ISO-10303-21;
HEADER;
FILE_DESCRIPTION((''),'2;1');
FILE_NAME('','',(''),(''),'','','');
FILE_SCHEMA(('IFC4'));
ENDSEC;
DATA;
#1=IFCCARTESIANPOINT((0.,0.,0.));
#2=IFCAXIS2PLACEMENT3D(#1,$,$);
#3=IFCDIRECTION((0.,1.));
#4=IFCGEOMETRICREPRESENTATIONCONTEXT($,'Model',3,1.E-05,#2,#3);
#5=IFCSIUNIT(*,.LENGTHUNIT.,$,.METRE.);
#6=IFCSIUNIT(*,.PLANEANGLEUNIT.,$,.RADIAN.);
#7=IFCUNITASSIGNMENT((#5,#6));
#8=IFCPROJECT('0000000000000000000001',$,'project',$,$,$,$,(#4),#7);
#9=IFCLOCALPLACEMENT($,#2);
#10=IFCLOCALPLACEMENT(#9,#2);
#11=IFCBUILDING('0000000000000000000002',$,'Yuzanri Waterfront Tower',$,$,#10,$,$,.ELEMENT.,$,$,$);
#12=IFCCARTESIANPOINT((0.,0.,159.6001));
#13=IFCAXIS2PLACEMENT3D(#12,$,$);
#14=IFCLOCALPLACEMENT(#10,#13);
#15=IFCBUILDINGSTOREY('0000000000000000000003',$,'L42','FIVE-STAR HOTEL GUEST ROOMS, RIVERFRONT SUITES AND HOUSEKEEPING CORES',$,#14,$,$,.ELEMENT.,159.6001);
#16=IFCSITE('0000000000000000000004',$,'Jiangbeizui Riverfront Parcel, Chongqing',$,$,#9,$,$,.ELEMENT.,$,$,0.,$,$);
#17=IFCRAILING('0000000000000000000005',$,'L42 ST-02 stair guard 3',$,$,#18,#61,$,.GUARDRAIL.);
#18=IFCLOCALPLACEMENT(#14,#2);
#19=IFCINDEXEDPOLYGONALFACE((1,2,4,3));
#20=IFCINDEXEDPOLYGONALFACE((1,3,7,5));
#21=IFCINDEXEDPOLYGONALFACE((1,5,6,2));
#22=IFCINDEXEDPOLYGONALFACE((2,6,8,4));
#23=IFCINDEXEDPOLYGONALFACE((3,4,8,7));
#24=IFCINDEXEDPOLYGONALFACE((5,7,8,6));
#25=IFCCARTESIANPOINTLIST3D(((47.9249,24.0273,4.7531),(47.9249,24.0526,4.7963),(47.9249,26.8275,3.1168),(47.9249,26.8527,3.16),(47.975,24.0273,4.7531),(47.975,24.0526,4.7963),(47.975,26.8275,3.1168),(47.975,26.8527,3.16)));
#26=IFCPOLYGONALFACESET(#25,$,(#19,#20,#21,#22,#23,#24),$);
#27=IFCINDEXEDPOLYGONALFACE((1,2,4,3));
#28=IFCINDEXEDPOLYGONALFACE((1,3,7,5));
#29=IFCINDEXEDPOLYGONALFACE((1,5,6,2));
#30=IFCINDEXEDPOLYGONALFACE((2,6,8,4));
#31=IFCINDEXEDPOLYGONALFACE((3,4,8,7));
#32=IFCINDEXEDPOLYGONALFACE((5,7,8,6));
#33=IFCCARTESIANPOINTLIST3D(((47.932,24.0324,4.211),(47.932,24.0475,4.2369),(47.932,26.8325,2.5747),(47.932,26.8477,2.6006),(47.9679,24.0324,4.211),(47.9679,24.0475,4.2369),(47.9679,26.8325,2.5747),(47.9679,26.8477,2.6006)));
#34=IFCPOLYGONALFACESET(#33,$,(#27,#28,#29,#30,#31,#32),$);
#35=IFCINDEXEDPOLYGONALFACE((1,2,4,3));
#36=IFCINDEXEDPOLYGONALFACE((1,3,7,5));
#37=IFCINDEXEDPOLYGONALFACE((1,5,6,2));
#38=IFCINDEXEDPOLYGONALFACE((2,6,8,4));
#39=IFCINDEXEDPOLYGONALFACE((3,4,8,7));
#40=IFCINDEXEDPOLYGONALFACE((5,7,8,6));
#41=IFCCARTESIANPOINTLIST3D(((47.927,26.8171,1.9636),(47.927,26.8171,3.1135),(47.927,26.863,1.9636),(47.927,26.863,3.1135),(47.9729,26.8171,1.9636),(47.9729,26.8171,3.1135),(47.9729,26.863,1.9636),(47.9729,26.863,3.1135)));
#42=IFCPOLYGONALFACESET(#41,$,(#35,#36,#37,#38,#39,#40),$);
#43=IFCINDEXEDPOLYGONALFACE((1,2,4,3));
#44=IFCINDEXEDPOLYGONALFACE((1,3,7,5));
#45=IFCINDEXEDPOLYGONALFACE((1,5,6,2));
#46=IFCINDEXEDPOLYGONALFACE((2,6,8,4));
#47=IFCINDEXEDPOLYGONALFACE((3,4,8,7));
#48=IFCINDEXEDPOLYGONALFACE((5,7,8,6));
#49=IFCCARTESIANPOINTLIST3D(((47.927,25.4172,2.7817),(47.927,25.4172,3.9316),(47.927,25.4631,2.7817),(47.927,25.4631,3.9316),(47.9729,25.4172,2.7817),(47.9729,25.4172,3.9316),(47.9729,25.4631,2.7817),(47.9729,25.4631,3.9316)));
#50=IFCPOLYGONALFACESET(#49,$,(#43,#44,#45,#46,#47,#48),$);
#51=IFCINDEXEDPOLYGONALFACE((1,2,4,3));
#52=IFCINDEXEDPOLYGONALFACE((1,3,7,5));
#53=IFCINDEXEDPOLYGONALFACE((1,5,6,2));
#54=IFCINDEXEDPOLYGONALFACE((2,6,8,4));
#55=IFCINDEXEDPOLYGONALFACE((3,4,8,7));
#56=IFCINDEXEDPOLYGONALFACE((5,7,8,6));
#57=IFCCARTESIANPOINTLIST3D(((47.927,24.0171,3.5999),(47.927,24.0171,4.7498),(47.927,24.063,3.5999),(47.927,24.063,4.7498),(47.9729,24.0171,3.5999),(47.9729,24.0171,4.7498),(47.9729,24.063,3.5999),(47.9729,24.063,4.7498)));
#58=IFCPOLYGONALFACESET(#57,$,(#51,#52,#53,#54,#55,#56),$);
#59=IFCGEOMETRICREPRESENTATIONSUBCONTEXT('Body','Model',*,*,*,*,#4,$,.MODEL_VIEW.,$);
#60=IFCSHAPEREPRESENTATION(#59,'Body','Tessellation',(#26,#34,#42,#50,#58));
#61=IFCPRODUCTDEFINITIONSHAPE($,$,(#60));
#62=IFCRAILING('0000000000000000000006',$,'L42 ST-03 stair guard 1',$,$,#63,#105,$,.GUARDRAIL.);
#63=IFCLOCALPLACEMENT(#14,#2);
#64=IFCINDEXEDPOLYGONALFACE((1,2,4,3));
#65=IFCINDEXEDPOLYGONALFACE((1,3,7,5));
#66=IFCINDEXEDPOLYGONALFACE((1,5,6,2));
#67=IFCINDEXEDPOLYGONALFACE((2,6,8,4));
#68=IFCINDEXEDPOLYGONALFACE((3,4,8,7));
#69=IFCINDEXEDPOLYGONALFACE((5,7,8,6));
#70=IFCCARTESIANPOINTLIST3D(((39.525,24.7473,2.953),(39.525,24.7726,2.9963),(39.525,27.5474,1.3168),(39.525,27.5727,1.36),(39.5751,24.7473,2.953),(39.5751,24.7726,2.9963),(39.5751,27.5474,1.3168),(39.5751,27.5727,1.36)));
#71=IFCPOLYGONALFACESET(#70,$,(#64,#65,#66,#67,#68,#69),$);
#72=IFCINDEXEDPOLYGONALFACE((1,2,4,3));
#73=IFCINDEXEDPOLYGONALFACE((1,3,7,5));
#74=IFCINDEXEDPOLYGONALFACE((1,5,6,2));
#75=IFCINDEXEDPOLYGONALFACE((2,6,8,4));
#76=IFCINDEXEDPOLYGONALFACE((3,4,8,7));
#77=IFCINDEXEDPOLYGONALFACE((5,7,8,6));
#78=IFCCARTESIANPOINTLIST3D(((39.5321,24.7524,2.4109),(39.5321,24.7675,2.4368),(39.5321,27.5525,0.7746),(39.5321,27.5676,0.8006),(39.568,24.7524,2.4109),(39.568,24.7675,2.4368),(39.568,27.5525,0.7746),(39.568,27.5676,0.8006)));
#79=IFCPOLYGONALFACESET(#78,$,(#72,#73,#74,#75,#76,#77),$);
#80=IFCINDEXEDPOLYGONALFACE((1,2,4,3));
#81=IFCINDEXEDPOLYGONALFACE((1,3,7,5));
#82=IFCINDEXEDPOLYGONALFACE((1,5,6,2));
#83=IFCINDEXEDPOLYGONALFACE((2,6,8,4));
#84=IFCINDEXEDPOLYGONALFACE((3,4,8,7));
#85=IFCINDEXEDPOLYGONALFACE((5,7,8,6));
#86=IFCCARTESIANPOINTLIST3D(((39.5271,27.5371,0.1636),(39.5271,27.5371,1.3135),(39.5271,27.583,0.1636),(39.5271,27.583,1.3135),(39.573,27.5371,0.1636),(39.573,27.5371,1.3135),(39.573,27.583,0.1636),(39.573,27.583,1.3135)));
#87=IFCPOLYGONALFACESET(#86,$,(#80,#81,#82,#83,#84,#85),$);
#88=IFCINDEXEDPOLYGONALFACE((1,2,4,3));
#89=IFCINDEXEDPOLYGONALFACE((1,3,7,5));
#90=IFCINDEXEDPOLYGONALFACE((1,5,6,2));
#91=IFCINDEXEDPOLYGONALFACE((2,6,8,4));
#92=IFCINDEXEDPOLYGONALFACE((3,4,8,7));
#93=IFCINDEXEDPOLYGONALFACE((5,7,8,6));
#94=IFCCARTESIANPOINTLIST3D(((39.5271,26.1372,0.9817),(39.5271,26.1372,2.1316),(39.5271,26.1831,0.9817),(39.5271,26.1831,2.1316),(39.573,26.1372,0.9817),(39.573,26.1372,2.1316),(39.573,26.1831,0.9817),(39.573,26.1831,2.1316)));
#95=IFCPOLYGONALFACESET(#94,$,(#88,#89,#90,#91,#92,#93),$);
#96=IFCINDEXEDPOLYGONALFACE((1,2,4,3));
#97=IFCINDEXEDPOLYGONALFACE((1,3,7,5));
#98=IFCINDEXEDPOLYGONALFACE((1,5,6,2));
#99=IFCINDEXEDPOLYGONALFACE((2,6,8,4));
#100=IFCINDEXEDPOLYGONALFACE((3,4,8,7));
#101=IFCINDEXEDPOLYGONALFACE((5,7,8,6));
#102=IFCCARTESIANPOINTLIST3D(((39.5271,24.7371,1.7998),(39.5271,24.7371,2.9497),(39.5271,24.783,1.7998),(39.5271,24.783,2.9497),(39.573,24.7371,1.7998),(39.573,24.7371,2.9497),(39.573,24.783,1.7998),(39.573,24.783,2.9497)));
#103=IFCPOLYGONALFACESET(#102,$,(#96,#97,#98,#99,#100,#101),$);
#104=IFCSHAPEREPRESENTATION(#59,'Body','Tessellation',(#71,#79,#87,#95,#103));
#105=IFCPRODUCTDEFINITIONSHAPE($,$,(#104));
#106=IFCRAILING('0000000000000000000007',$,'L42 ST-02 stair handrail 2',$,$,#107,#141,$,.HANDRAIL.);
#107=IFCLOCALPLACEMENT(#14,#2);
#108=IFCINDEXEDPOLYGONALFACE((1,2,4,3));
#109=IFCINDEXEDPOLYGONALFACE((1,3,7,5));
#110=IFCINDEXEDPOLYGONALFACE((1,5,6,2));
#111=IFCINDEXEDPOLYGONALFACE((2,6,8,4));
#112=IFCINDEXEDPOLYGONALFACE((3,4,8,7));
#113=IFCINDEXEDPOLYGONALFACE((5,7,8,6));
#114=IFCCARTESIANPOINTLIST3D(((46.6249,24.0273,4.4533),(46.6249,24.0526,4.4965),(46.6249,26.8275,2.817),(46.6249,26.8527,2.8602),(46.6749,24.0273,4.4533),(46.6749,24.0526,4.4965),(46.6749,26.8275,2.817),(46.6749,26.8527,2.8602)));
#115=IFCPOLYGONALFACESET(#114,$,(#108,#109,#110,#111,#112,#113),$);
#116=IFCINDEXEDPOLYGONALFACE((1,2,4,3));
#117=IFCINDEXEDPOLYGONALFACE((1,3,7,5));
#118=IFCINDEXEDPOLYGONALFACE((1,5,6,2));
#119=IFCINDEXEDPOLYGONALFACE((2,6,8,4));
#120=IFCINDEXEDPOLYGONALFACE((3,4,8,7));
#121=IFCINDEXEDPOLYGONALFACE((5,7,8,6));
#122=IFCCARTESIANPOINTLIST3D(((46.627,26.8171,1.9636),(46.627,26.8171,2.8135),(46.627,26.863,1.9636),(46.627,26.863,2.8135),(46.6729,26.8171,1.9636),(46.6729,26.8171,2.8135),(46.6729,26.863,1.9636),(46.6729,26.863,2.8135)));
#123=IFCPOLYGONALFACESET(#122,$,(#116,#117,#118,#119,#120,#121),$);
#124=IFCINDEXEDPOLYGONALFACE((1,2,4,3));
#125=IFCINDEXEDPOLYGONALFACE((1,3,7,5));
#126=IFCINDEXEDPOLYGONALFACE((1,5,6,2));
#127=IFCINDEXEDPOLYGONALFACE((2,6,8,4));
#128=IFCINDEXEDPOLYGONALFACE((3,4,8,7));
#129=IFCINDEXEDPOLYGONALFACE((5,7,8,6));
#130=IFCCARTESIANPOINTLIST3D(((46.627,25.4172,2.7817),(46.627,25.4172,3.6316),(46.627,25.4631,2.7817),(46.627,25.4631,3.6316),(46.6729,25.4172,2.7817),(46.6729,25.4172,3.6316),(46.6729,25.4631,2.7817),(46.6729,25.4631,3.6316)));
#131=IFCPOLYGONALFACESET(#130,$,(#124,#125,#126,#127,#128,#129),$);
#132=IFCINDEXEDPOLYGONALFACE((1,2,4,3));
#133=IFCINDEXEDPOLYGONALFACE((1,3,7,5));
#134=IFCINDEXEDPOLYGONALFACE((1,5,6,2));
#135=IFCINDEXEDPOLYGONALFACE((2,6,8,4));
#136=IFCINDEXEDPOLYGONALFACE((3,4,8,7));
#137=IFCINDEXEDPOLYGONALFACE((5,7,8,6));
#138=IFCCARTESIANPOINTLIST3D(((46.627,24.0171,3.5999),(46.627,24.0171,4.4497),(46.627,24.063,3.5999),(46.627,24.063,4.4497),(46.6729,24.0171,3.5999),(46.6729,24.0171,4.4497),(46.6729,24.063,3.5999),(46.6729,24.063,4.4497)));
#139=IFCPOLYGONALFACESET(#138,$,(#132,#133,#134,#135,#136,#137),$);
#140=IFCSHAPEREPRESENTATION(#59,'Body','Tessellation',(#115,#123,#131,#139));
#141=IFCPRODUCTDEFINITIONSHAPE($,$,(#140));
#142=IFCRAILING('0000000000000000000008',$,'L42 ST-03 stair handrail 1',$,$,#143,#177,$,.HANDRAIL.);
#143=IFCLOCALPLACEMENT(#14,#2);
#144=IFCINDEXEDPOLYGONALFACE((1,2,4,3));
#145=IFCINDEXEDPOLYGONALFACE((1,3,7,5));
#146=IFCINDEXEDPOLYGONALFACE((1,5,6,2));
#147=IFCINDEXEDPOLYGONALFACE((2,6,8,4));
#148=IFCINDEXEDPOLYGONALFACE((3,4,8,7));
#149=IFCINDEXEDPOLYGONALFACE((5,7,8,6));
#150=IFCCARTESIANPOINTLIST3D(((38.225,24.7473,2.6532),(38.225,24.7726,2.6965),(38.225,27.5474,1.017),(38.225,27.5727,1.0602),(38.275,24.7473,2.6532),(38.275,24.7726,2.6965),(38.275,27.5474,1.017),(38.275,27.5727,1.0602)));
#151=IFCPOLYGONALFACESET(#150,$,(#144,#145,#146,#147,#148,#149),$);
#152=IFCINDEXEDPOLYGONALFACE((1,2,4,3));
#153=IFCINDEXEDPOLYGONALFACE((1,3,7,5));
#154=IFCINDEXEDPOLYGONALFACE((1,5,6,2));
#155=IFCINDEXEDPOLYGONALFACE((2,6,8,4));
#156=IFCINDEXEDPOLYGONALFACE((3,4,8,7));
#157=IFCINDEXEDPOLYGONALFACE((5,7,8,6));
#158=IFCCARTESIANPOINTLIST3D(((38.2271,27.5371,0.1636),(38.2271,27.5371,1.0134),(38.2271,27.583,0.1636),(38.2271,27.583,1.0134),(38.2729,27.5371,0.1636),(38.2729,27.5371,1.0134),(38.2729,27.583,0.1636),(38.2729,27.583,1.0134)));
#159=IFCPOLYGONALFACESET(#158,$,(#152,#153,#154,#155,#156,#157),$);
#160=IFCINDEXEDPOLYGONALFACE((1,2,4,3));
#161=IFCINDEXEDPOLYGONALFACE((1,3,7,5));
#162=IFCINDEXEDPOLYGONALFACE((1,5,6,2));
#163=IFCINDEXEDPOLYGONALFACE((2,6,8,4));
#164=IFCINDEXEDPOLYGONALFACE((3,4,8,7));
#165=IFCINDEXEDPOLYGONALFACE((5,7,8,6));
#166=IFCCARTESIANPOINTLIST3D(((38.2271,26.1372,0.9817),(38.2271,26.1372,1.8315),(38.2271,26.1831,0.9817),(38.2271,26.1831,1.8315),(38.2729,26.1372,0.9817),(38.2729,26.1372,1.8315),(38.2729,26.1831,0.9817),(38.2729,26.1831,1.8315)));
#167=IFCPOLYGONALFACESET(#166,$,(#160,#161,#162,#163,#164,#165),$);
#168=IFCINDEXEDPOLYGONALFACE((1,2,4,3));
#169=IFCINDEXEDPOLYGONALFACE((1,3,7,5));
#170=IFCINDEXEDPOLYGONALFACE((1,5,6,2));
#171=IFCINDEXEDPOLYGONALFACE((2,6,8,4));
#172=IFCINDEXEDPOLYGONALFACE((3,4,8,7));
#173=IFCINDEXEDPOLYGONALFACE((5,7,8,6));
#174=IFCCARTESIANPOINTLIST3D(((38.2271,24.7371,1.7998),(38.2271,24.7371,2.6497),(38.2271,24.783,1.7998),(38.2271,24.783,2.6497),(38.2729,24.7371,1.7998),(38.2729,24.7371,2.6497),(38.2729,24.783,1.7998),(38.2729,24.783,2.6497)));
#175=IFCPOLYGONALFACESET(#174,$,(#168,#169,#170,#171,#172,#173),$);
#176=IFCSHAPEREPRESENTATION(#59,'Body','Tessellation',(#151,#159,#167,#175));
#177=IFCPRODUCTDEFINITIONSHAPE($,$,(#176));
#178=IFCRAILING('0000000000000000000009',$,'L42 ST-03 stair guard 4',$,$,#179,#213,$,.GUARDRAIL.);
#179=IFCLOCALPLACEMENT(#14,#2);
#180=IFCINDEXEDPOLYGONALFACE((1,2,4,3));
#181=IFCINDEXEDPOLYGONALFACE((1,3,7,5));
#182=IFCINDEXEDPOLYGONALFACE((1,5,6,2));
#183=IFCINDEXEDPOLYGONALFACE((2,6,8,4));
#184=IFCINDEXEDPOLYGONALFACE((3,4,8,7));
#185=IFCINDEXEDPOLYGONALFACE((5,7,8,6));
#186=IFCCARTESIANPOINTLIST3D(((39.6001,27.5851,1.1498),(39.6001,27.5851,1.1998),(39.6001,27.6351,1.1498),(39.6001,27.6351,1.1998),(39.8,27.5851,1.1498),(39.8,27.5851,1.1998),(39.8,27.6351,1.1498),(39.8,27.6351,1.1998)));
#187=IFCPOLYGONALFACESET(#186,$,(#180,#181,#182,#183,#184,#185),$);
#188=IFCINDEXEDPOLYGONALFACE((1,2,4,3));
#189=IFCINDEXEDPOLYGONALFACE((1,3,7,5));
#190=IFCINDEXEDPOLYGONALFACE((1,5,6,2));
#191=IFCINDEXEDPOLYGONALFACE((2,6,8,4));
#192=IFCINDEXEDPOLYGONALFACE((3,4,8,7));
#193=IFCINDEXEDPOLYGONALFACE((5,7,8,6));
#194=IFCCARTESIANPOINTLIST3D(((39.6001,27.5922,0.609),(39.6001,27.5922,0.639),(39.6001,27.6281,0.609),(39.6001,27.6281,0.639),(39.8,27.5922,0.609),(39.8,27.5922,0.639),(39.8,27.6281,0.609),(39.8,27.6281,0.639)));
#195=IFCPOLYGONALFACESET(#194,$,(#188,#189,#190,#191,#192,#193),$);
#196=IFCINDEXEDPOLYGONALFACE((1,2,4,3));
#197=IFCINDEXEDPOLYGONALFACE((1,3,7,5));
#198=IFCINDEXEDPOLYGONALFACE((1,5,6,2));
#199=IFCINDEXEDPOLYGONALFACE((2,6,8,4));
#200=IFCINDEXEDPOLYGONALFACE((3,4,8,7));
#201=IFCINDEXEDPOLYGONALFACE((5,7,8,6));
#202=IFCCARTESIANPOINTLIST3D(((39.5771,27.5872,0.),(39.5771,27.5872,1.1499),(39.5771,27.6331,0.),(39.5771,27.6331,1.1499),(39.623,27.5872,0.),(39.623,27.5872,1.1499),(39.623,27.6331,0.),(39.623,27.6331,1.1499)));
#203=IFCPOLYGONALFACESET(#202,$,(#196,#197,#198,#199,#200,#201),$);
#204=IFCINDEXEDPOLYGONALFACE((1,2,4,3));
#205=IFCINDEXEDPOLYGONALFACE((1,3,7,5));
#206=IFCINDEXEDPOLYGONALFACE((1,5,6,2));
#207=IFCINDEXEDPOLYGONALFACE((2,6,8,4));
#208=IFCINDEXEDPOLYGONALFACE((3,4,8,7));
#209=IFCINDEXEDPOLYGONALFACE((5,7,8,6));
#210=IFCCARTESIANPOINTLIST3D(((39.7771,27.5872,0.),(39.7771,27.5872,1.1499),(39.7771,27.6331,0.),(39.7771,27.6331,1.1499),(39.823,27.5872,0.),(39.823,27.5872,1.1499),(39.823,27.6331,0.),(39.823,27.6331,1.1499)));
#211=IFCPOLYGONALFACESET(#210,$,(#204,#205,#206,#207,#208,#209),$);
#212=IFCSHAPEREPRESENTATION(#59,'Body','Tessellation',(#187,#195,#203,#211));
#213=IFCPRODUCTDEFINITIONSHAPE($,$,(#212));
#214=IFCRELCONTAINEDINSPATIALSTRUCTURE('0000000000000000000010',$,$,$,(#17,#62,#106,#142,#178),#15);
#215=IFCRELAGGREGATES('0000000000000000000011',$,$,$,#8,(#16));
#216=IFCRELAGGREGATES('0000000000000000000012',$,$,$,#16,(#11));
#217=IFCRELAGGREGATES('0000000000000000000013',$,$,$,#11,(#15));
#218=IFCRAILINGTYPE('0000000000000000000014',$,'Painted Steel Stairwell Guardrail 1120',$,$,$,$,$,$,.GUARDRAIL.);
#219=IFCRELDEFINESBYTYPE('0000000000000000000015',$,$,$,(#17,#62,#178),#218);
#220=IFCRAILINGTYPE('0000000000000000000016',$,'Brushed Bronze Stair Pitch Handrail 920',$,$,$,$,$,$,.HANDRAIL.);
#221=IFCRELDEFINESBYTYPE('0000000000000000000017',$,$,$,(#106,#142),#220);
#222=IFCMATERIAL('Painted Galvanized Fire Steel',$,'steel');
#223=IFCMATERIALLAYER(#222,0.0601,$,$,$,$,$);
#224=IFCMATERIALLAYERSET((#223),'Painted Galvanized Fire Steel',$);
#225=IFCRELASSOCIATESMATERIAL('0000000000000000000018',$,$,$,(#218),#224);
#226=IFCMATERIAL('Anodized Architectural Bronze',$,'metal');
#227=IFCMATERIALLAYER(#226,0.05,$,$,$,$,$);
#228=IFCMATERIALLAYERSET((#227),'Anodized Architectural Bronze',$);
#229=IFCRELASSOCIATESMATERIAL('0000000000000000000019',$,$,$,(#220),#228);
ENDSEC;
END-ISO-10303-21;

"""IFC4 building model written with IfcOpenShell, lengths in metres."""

from ifc_helpers import new_model, si_unit, direction, frame, origin, origin_2d, place, context, subcontext, project, spatial, rectangle, extrude, source, transform, mapped, material, layer, layer_set, type_object, element, save


model = new_model("IFC4")

# Units and contexts
model_context = context("Model", 3, precision=1e-05, world=origin(), true_north=direction((0.0, 1.0)))
body_context = subcontext(model_context, "Body", "Model", "MODEL_VIEW")
ifc_project = project(units=[si_unit("LENGTHUNIT", "METRE"), si_unit("PLANEANGLEUNIT", "RADIAN")], contexts=[model_context])

# Site, building, storey
site_placement = place(None, origin())
site = spatial("IfcSite", under=ifc_project, at=site_placement, Name="Jiangbeizui Riverfront Parcel, Chongqing", CompositionType="ELEMENT", RefElevation=0.0)
building_placement = place(site_placement, origin())
building = spatial("IfcBuilding", under=site, at=building_placement, Name="Yuzanri Waterfront Tower", CompositionType="ELEMENT")
storey_placement = place(building_placement, frame((0.0, 0.0, 159.6001)))
storey = spatial("IfcBuildingStorey", under=building, at=storey_placement, Name="L42", Description="FIVE-STAR HOTEL GUEST ROOMS, RIVERFRONT SUITES AND HOUSEKEEPING CORES", CompositionType="ELEMENT", Elevation=159.6001)

# Railings
ifc_material_1 = material(Name="Painted Galvanized Fire Steel", Category="steel")
ifc_layer_1 = layer(ifc_material_1, 0.0601)
ifc_layer_set_1 = layer_set([ifc_layer_1], Name="Painted Galvanized Fire Steel")
railing_type_1 = type_object("IfcRailingType", Name="Painted Steel Stairwell Guardrail 1120", PredefinedType="GUARDRAIL", material=ifc_layer_set_1)
shared_shape_1 = source(origin(), body_context, "Body", "SweptSolid", [
    extrude(rectangle(XDim=0.05, YDim=0.05, at=origin_2d()), frame((0.0, 0.0, 1.1748), z_axis=(0.0, -0.863394, 0.504531), x_axis=(1.0, 0.0, 0.0)), (0.0, 0.0, 1.0), 3.2432),
    extrude(rectangle(XDim=0.0359, YDim=0.03, at=origin_2d()), frame((0.0, 0.0, 0.624), z_axis=(0.0, -0.863394, 0.504531), x_axis=(1.0, 0.0, 0.0)), (0.0, 0.0, 1.0), 3.2432),
    extrude(rectangle(XDim=0.0459, YDim=0.0459, at=origin_2d()), origin(), (0.0, 0.0, 1.0), 1.1499),
    extrude(rectangle(XDim=0.0459, YDim=0.0459, at=origin_2d()), frame((0.0, -1.3999, 0.8181)), (0.0, 0.0, 1.0), 1.1499),
    extrude(rectangle(XDim=0.0459, YDim=0.0459, at=origin_2d()), frame((0.0, -2.8, 1.6362)), (0.0, 0.0, 1.0), 1.1499),
])
for number, where, name in (
    (1, (47.95, 26.8401, 1.9636), "L42 ST-02 stair guard 3"),
    (2, (39.55, 27.5601, 0.1636), "L42 ST-03 stair guard 1"),
):
    element("IfcRailing", number, at=place(storey_placement, frame(where)), inside=storey, type_object=railing_type_1, Name=name, PredefinedType="GUARDRAIL", context=body_context, shape_type="MappedRepresentation", body=[
        mapped(shared_shape_1, transform((0.0, 0.0, 0.0), scale=1.0)),
    ])
ifc_material_2 = material(Name="Anodized Architectural Bronze", Category="metal")
ifc_layer_2 = layer(ifc_material_2, 0.05)
ifc_layer_set_2 = layer_set([ifc_layer_2], Name="Anodized Architectural Bronze")
railing_type_2 = type_object("IfcRailingType", Name="Brushed Bronze Stair Pitch Handrail 920", PredefinedType="HANDRAIL", material=ifc_layer_set_2)
shared_shape_2 = source(origin(), body_context, "Body", "SweptSolid", [
    extrude(rectangle(XDim=0.05, YDim=0.05, at=origin_2d()), frame((0.0, 0.0, 0.875), z_axis=(0.0, -0.863394, 0.504531), x_axis=(1.0, 0.0, 0.0)), (0.0, 0.0, 1.0), 3.2432),
    extrude(rectangle(XDim=0.0459, YDim=0.0459, at=origin_2d()), origin(), (0.0, 0.0, 1.0), 0.8499),
    extrude(rectangle(XDim=0.0459, YDim=0.0459, at=origin_2d()), frame((0.0, -1.3999, 0.8181)), (0.0, 0.0, 1.0), 0.8499),
    extrude(rectangle(XDim=0.0459, YDim=0.0459, at=origin_2d()), frame((0.0, -2.8, 1.6362)), (0.0, 0.0, 1.0), 0.8499),
])
for number, where, name in (
    (3, (46.6499, 26.8401, 1.9636), "L42 ST-02 stair handrail 2"),
    (4, (38.25, 27.5601, 0.1636), "L42 ST-03 stair handrail 1"),
):
    element("IfcRailing", number, at=place(storey_placement, frame(where)), inside=storey, type_object=railing_type_2, Name=name, PredefinedType="HANDRAIL", context=body_context, shape_type="MappedRepresentation", body=[
        mapped(shared_shape_2, transform((0.0, 0.0, 0.0), scale=1.0)),
    ])
shared_shape_3 = source(origin(), body_context, "Body", "SweptSolid", [
    extrude(rectangle(XDim=0.05, YDim=0.05, at=origin_2d()), frame((0.0, 0.0, 1.1748), z_axis=(1.0, 0.0, 0.0), x_axis=(0.0, 1.0, 0.0)), (0.0, 0.0, 1.0), 0.2),
    extrude(rectangle(XDim=0.0359, YDim=0.03, at=origin_2d()), frame((0.0, 0.0, 0.624), z_axis=(1.0, 0.0, 0.0), x_axis=(0.0, 1.0, 0.0)), (0.0, 0.0, 1.0), 0.2),
    extrude(rectangle(XDim=0.0459, YDim=0.0459, at=origin_2d()), origin(), (0.0, 0.0, 1.0), 1.1499),
    extrude(rectangle(XDim=0.0459, YDim=0.0459, at=origin_2d()), frame((0.2, 0.0, 0.0)), (0.0, 0.0, 1.0), 1.1499),
])
railing_1_placement = place(storey_placement, frame((39.6001, 27.6101, 0.0)))
element("IfcRailing", 5, at=railing_1_placement, inside=storey, type_object=railing_type_1, Name="L42 ST-03 stair guard 4", PredefinedType="GUARDRAIL", context=body_context, shape_type="MappedRepresentation", body=[
    mapped(shared_shape_3, transform((0.0, 0.0, 0.0), scale=1.0)),
])

save(model, "model.ifc")
